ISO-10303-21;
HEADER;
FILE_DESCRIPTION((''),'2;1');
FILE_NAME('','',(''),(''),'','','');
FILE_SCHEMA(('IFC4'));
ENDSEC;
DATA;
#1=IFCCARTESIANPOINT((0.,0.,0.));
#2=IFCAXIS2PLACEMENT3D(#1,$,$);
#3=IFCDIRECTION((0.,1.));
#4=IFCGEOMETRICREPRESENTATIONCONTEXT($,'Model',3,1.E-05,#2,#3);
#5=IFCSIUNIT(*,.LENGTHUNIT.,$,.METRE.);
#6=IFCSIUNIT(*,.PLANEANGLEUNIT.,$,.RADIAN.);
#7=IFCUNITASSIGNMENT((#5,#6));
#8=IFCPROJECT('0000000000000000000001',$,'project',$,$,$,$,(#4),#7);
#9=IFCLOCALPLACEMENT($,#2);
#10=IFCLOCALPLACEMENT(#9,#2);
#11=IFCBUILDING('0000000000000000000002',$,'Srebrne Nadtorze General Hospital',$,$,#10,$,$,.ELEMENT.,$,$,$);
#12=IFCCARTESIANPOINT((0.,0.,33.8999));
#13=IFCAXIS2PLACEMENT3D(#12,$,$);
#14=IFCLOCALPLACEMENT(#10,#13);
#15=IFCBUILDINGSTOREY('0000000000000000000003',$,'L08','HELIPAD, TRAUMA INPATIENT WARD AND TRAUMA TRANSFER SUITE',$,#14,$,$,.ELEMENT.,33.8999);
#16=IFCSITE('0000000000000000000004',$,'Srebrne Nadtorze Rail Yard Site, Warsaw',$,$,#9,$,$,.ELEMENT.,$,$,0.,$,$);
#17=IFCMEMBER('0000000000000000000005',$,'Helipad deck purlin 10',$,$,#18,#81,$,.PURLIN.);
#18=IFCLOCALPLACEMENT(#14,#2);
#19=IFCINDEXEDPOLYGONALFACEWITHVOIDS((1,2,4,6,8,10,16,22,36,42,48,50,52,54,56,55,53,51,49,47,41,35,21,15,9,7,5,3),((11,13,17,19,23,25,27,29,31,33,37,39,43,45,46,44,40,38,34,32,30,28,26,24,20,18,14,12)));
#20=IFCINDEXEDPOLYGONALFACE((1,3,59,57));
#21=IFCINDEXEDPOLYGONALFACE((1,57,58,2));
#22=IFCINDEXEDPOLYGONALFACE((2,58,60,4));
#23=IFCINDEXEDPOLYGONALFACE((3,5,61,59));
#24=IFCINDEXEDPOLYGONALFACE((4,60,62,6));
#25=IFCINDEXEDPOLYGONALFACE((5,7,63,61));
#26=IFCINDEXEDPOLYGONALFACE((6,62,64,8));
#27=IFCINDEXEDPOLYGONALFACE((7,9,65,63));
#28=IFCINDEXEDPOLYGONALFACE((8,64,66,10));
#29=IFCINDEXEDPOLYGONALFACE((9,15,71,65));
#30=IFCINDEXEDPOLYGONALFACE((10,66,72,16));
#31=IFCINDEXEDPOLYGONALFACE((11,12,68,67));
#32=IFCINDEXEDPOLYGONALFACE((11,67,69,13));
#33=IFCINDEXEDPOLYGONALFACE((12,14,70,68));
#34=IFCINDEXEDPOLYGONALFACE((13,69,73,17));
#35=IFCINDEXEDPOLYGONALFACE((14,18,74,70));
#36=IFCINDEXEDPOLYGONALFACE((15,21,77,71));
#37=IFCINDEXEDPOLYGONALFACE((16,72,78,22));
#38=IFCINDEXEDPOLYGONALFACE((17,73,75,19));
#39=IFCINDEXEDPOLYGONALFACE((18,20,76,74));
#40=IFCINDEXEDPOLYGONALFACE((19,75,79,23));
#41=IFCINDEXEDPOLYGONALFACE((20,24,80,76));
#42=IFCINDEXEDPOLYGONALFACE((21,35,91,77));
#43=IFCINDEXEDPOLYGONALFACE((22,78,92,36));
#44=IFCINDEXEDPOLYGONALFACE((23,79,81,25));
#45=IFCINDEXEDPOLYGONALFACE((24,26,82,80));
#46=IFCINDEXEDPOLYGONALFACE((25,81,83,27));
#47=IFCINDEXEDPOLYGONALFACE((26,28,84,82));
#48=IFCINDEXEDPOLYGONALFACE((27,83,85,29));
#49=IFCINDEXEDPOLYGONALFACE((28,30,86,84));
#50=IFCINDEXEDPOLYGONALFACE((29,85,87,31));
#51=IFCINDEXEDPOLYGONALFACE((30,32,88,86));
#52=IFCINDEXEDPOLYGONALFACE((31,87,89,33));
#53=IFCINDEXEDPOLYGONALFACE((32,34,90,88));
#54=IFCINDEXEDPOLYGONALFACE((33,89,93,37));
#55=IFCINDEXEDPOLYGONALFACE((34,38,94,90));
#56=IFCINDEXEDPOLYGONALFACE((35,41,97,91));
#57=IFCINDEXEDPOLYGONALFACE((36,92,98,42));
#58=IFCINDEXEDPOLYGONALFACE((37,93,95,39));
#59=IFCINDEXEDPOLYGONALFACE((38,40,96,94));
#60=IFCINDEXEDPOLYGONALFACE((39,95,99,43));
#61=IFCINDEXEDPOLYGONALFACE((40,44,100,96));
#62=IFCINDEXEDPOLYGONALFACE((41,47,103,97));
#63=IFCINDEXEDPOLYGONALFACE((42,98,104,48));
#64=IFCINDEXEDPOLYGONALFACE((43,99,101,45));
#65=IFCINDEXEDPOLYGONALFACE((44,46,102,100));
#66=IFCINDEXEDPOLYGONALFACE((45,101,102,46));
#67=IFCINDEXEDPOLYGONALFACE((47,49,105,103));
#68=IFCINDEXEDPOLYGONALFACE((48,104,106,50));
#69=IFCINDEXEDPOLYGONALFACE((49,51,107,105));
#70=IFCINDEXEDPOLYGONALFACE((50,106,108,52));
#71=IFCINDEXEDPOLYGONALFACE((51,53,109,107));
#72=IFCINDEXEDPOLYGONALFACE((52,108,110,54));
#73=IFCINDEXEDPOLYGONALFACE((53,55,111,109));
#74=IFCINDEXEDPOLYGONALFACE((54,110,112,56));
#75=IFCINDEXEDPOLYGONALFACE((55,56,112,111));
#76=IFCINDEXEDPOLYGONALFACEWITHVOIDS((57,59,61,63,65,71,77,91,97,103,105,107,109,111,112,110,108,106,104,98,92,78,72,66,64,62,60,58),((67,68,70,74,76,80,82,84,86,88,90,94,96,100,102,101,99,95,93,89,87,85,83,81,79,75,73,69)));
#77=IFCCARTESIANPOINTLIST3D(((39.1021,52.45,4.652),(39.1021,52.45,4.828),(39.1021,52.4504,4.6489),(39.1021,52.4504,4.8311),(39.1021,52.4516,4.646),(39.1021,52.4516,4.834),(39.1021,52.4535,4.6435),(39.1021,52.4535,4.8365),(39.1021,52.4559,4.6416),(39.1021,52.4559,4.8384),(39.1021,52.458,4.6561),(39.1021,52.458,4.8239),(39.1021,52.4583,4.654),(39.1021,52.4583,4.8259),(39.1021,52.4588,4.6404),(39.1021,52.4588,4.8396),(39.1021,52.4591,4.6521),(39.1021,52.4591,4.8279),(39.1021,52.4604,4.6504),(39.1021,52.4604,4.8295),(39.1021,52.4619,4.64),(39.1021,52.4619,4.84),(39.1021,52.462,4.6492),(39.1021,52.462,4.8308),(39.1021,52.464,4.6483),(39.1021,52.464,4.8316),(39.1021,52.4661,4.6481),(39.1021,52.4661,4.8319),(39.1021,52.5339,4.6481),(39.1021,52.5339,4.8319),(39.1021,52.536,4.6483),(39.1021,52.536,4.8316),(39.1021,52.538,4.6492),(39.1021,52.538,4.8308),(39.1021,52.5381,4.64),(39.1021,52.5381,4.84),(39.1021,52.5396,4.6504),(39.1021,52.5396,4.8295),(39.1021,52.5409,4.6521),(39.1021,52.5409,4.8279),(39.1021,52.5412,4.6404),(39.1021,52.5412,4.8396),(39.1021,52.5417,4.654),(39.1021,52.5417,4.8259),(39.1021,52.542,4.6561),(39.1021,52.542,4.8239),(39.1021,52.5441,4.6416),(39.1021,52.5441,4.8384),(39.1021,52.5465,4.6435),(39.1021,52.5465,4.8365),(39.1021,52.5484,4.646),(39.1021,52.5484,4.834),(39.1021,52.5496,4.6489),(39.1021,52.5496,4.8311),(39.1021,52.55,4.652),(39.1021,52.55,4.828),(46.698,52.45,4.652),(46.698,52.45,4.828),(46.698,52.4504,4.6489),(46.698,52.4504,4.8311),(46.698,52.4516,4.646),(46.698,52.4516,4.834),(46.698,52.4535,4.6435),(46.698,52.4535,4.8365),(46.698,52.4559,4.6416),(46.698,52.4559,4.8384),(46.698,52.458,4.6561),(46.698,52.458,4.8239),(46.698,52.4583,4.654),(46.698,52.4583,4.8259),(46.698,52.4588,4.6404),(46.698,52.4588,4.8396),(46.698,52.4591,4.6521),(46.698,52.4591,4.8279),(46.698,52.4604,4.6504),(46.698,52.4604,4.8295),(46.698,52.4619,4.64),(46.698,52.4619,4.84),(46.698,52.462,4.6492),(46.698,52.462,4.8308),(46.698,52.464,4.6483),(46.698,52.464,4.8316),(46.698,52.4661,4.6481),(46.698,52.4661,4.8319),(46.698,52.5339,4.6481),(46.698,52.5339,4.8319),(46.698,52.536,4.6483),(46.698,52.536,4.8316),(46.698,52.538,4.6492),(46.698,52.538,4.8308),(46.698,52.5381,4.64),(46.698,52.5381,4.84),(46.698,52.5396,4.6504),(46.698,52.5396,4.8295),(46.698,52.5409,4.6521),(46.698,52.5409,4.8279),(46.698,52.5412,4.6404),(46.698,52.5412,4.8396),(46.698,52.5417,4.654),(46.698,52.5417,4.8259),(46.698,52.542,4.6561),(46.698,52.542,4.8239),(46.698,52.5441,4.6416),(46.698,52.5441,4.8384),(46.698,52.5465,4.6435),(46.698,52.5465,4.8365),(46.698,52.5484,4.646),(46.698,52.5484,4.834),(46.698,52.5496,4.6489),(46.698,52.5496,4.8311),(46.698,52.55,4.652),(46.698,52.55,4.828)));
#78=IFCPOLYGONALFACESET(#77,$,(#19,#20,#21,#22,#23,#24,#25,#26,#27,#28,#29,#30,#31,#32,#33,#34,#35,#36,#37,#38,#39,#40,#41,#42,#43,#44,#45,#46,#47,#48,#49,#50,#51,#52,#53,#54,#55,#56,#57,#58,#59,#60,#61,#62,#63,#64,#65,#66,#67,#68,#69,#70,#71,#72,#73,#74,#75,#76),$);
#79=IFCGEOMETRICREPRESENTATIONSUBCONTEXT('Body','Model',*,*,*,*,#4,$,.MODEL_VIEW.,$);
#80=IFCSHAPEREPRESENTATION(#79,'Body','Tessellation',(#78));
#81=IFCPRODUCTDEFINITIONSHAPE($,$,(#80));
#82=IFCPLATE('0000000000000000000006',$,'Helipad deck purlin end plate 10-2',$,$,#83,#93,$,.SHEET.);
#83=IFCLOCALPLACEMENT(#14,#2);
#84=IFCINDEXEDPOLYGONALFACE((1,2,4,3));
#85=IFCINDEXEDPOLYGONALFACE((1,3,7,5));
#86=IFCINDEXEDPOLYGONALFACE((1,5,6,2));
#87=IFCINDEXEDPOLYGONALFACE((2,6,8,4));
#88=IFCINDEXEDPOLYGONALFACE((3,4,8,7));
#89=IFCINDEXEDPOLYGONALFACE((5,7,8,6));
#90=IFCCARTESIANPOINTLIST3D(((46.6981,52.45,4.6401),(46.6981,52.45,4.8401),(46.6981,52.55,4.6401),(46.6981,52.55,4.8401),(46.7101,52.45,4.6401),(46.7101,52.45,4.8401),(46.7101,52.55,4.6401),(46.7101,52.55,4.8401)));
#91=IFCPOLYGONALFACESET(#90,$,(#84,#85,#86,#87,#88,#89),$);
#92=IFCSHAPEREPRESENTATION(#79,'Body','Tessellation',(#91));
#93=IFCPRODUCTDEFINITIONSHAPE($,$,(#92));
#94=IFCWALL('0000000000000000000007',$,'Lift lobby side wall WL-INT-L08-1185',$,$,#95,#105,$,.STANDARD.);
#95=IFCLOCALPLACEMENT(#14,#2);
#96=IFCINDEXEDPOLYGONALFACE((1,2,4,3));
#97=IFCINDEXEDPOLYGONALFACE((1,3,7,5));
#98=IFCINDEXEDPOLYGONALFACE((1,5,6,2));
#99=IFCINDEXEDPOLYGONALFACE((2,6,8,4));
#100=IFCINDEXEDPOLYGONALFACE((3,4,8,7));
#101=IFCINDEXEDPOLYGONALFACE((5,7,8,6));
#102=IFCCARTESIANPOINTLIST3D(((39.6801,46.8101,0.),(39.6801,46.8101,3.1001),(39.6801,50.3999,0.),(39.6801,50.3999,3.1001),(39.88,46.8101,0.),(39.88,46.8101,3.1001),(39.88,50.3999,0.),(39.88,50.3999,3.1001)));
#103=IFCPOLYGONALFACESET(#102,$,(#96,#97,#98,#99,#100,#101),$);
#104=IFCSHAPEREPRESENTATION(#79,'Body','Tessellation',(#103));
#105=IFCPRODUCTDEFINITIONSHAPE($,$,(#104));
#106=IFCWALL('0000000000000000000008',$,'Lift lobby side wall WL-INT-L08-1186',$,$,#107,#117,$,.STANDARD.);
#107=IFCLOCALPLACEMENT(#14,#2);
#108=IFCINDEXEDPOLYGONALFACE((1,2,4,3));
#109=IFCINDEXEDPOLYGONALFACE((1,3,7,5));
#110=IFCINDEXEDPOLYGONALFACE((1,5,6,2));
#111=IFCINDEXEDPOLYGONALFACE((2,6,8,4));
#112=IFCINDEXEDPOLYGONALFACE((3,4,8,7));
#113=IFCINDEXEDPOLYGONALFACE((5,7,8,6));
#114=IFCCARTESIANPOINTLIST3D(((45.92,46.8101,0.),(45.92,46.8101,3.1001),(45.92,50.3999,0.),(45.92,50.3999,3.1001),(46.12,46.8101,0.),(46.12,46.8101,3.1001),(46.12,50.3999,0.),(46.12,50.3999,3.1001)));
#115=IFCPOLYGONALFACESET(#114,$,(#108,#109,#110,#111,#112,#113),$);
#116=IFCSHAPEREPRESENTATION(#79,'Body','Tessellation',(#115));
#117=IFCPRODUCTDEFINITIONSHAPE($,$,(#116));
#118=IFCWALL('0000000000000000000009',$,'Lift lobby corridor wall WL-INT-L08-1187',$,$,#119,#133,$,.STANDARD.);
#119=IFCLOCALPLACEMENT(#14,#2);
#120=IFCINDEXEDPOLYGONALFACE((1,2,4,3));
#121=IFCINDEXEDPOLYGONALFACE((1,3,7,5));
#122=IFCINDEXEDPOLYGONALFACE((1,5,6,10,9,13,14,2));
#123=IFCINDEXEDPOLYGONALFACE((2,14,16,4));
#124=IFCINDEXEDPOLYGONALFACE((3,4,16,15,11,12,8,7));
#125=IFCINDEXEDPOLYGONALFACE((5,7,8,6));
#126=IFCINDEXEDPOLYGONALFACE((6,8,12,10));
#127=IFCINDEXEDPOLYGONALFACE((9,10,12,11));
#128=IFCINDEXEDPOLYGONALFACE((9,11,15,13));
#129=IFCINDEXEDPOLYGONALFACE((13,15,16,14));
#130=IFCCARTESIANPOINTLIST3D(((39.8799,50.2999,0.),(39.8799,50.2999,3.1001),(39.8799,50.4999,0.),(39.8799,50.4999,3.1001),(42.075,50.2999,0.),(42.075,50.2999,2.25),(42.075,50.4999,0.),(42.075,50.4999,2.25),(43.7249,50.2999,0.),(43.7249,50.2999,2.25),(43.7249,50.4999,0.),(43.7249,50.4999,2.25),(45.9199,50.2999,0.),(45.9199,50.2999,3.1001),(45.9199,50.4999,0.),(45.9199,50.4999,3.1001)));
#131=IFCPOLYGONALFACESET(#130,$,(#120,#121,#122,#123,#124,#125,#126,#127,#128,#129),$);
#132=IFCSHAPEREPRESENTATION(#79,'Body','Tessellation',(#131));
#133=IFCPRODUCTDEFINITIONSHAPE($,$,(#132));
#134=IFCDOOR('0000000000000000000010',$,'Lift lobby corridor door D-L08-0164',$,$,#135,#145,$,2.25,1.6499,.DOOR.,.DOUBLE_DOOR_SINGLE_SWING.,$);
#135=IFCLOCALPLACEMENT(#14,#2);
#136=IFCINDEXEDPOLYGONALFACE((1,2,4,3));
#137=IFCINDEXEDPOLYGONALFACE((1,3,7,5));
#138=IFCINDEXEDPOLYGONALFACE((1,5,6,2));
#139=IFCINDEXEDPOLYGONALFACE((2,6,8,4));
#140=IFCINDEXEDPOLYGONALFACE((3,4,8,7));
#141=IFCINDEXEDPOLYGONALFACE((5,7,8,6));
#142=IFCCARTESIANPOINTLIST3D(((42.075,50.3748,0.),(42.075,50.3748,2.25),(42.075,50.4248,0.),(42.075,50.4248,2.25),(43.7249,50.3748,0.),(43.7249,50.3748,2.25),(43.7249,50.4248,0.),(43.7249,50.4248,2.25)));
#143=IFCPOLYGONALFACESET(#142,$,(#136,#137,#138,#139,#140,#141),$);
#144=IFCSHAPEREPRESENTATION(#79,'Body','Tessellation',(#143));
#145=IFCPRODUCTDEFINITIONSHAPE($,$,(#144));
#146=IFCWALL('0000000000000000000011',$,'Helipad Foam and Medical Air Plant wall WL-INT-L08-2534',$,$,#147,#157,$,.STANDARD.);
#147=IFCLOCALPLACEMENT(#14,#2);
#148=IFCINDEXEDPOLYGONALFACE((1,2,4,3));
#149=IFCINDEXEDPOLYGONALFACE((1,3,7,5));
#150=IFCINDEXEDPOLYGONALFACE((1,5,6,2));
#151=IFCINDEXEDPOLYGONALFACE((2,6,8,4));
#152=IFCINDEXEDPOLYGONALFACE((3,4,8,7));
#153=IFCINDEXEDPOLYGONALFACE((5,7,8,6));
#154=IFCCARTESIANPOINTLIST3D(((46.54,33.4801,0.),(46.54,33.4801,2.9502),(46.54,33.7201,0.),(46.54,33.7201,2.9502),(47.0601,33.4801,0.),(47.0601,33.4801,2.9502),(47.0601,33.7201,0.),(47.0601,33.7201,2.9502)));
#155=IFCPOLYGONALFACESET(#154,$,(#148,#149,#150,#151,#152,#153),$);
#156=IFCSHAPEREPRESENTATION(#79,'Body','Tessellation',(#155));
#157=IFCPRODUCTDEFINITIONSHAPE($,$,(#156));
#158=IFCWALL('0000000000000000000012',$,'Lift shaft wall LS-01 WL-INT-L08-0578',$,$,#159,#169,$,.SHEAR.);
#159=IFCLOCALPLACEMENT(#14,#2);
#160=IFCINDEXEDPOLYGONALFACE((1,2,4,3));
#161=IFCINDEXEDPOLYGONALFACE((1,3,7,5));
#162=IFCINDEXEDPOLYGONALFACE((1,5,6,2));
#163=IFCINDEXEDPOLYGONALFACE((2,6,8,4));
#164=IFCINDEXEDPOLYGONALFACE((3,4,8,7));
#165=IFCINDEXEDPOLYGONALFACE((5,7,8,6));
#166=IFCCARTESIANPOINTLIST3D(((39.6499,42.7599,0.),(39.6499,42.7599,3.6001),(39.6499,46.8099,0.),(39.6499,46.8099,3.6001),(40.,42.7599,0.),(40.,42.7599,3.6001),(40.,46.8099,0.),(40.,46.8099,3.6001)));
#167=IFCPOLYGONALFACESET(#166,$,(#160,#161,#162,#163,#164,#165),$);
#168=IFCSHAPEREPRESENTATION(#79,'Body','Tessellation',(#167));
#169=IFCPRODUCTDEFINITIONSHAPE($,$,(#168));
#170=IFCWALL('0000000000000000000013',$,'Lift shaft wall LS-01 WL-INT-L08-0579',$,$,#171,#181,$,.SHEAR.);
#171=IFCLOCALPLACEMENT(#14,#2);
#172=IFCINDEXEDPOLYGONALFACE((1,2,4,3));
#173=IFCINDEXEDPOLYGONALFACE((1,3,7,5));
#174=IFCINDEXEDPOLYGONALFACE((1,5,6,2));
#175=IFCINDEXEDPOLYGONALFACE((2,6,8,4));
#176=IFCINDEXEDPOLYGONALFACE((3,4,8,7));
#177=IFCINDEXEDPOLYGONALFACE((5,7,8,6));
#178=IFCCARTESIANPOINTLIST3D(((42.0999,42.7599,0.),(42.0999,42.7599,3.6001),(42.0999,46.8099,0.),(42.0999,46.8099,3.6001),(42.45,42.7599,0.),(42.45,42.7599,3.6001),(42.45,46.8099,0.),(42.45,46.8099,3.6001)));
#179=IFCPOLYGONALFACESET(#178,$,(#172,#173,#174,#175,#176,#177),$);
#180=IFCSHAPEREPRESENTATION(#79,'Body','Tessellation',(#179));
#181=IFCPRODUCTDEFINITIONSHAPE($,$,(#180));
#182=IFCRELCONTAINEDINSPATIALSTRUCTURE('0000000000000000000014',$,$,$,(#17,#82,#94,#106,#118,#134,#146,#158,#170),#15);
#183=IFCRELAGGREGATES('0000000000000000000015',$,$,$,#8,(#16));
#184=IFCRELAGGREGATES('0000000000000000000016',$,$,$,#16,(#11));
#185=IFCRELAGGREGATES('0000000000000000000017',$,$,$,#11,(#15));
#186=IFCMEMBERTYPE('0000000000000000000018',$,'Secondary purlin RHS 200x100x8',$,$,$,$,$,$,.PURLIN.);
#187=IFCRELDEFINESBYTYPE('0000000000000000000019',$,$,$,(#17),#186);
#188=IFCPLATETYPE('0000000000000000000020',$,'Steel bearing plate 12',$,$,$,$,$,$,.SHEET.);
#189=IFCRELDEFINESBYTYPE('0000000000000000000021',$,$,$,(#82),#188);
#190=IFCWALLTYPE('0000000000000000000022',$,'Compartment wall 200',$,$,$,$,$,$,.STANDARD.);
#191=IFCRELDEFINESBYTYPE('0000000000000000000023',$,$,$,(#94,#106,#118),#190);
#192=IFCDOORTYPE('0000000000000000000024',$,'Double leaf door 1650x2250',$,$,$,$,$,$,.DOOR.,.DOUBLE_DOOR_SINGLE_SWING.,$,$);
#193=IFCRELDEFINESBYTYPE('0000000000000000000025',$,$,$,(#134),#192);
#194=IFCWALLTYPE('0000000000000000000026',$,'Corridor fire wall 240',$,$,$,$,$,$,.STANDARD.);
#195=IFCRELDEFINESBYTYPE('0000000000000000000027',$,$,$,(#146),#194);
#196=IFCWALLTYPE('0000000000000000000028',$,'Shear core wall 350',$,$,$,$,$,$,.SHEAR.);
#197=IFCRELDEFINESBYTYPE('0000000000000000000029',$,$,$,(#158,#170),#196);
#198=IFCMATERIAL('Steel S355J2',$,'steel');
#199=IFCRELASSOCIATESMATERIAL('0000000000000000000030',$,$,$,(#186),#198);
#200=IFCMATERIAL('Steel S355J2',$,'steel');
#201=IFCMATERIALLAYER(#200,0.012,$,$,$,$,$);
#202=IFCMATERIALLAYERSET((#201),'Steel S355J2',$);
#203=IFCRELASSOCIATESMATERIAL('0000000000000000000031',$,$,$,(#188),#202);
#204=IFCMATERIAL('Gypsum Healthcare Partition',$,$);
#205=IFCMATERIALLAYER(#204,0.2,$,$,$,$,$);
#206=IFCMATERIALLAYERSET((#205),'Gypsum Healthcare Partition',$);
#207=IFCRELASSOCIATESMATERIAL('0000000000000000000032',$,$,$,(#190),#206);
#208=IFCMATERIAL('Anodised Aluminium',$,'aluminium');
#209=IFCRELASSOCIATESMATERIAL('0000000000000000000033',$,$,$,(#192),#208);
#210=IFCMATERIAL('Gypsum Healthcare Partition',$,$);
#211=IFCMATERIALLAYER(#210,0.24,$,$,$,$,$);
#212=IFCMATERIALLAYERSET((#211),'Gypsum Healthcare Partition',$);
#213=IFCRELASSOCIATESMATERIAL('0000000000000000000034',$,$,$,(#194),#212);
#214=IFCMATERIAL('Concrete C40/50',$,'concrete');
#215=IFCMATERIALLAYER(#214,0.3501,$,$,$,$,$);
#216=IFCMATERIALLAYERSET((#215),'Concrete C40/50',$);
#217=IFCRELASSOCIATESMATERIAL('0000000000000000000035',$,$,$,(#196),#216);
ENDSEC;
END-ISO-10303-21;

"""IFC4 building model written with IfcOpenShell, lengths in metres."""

from ifc_helpers import new_model, si_unit, direction, frame, frame_2d, origin, origin_2d, place, context, subcontext, project, spatial, rectangle, hollow_rectangle, extrude, material, layer, layer_set, material_profile, profile_set, type_object, element, fill, save


model = new_model("IFC4")

# Units and contexts
model_context = context("Model", 3, precision=1e-05, world=origin(), true_north=direction((0.0, 1.0)))
body_context = subcontext(model_context, "Body", "Model", "MODEL_VIEW")
ifc_project = project(units=[si_unit("LENGTHUNIT", "METRE"), si_unit("PLANEANGLEUNIT", "RADIAN")], contexts=[model_context])

# Site, building, storey
site_placement = place(None, origin())
site = spatial("IfcSite", under=ifc_project, at=site_placement, Name="Srebrne Nadtorze Rail Yard Site, Warsaw", CompositionType="ELEMENT", RefElevation=0.0)
building_placement = place(site_placement, origin())
building = spatial("IfcBuilding", under=site, at=building_placement, Name="Srebrne Nadtorze General Hospital", CompositionType="ELEMENT")
storey_placement = place(building_placement, frame((0.0, 0.0, 33.8999)))
storey = spatial("IfcBuildingStorey", under=building, at=storey_placement, Name="L08", Description="HELIPAD, TRAUMA INPATIENT WARD AND TRAUMA TRANSFER SUITE", CompositionType="ELEMENT", Elevation=33.8999)

# Member
ifc_material_1 = material(Name="Steel S355J2", Category="steel")
ifc_material_profile_1 = material_profile(ifc_material_1, hollow_rectangle(XDim=0.1001, YDim=0.2, WallThickness=0.0081, InnerFilletRadius=0.0081, OuterFilletRadius=0.012, at=origin_2d()), Name="RHS-200x100x8")
ifc_profile_set_1 = profile_set([ifc_material_profile_1], Name="Steel S355J2")
member_type_1 = type_object("IfcMemberType", Name="Secondary purlin RHS 200x100x8", PredefinedType="PURLIN", material=ifc_profile_set_1)
member_1_placement = place(storey_placement, frame((39.1021, 52.5, 4.74), z_axis=(1.0, 0.0, 0.0), x_axis=(0.0, 1.0, 0.0)))
element("IfcMember", 1, at=member_1_placement, inside=storey, type_object=member_type_1, Name="Helipad deck purlin 10", PredefinedType="PURLIN", context=body_context, shape_type="SweptSolid", body=[
    extrude(hollow_rectangle(XDim=0.1001, YDim=0.2, WallThickness=0.0081, InnerFilletRadius=0.0081, OuterFilletRadius=0.012, at=origin_2d()), origin(), (0.0, 0.0, 1.0), 7.5959),
])

# Plate
ifc_material_2 = material(Name="Steel S355J2", Category="steel")
ifc_layer_1 = layer(ifc_material_2, 0.012)
ifc_layer_set_1 = layer_set([ifc_layer_1], Name="Steel S355J2")
plate_type = type_object("IfcPlateType", Name="Steel bearing plate 12", PredefinedType="SHEET", material=ifc_layer_set_1)
plate_placement = place(storey_placement, frame((46.7041, 52.5, 4.6401), z_axis=(0.0, 0.0, 1.0), x_axis=(1.0, 0.0, 0.0)))
element("IfcPlate", 2, at=plate_placement, inside=storey, type_object=plate_type, Name="Helipad deck purlin end plate 10-2", PredefinedType="SHEET", context=body_context, shape_type="SweptSolid", body=[
    extrude(rectangle(XDim=0.012, YDim=0.1001, at=origin_2d()), origin(), (0.0, 0.0, 1.0), 0.2),
])

# Walls
ifc_material_3 = material(Name="Gypsum Healthcare Partition")
ifc_layer_2 = layer(ifc_material_3, 0.2)
ifc_layer_set_2 = layer_set([ifc_layer_2], Name="Gypsum Healthcare Partition")
wall_type_1 = type_object("IfcWallType", Name="Compartment wall 200", PredefinedType="STANDARD", material=ifc_layer_set_2)
for number, where, z_axis, x_axis, name in (
    (3, (39.78, 46.8101, 0.0), (0.0, 0.0, 1.0), (0.0, 1.0, 0.0), "Lift lobby side wall WL-INT-L08-1185"),
    (4, (46.02, 46.8101, 0.0), (0.0, 0.0, 1.0), (0.0, 1.0, 0.0), "Lift lobby side wall WL-INT-L08-1186"),
):
    element("IfcWall", number, at=place(storey_placement, frame(where, z_axis=z_axis, x_axis=x_axis)), inside=storey, type_object=wall_type_1, Name=name, PredefinedType="STANDARD", context=body_context, shape_type="SweptSolid", body=[
        extrude(rectangle(XDim=3.5898, YDim=0.2, at=frame_2d((1.7949, 0.0))), origin(), (0.0, 0.0, 1.0), 3.1001),
    ])

# Wall, opening, door
wall_1_placement = place(storey_placement, frame((39.8799, 50.3999, 0.0), z_axis=(0.0, 0.0, 1.0), x_axis=(1.0, 0.0, 0.0)))
wall_1 = element("IfcWall", 5, at=wall_1_placement, inside=storey, type_object=wall_type_1, Name="Lift lobby corridor wall WL-INT-L08-1187", PredefinedType="STANDARD", context=body_context, shape_type="SweptSolid", body=[
    extrude(rectangle(XDim=6.04, YDim=0.2, at=frame_2d((3.02, 0.0))), origin(), (0.0, 0.0, 1.0), 3.1001),
])
opening_1_placement = place(wall_1_placement, frame((2.1951, 0.0, 0.0)))
opening_1 = element("IfcOpeningElement", 6, at=opening_1_placement, cuts=wall_1, PredefinedType="OPENING", context=body_context, shape_type="SweptSolid", body=[
    extrude(rectangle(XDim=1.6499, YDim=2.25, at=frame_2d((0.825, 1.125))), frame((0.0, 0.1118, 0.0), z_axis=(0.0, -1.0, 0.0), x_axis=(1.0, 0.0, 0.0)), (0.0, 0.0, 1.0), 0.2239),
])
ifc_material_4 = material(Name="Anodised Aluminium", Category="aluminium")
door_type_1 = type_object("IfcDoorType", Name="Double leaf door 1650x2250", OperationType="DOUBLE_DOOR_SINGLE_SWING", PredefinedType="DOOR", material=ifc_material_4)
door_1_placement = place(opening_1_placement, origin())
door_1 = element("IfcDoor", 7, at=door_1_placement, inside=storey, type_object=door_type_1, Name="Lift lobby corridor door D-L08-0164", OperationType="DOUBLE_DOOR_SINGLE_SWING", OverallHeight=2.25, OverallWidth=1.6499, PredefinedType="DOOR", context=body_context, shape_type="SweptSolid", body=[
    extrude(rectangle(XDim=1.6499, YDim=2.25, at=frame_2d((0.825, 1.125))), frame((0.0, 0.0249, 0.0), z_axis=(0.0, -1.0, 0.0), x_axis=(1.0, 0.0, 0.0)), (0.0, 0.0, 1.0), 0.05),
])
fill(opening_1, door_1)

# Walls
ifc_material_5 = material(Name="Gypsum Healthcare Partition")
ifc_layer_3 = layer(ifc_material_5, 0.24)
ifc_layer_set_3 = layer_set([ifc_layer_3], Name="Gypsum Healthcare Partition")
wall_type_2 = type_object("IfcWallType", Name="Corridor fire wall 240", PredefinedType="STANDARD", material=ifc_layer_set_3)
wall_2_placement = place(storey_placement, frame((46.54, 33.6001, 0.0), z_axis=(0.0, 0.0, 1.0), x_axis=(1.0, 0.0, 0.0)))
element("IfcWall", 8, at=wall_2_placement, inside=storey, type_object=wall_type_2, Name="Helipad Foam and Medical Air Plant wall WL-INT-L08-2534", PredefinedType="STANDARD", context=body_context, shape_type="SweptSolid", body=[
    extrude(rectangle(XDim=0.52, YDim=0.24, at=frame_2d((0.26, 0.0))), origin(), (0.0, 0.0, 1.0), 2.9502),
])
ifc_material_6 = material(Name="Concrete C40/50", Category="concrete")
ifc_layer_4 = layer(ifc_material_6, 0.3501)
ifc_layer_set_4 = layer_set([ifc_layer_4], Name="Concrete C40/50")
wall_type_3 = type_object("IfcWallType", Name="Shear core wall 350", PredefinedType="SHEAR", material=ifc_layer_set_4)
for number, where, z_axis, x_axis, name in (
    (9, (39.825, 42.76, 0.0), (0.0, 0.0, 1.0), (0.0, 1.0, 0.0), "Lift shaft wall LS-01 WL-INT-L08-0578"),
    (10, (42.2749, 42.76, 0.0), (0.0, 0.0, 1.0), (0.0, 1.0, 0.0), "Lift shaft wall LS-01 WL-INT-L08-0579"),
):
    element("IfcWall", number, at=place(storey_placement, frame(where, z_axis=z_axis, x_axis=x_axis)), inside=storey, type_object=wall_type_3, Name=name, PredefinedType="SHEAR", context=body_context, shape_type="SweptSolid", body=[
        extrude(rectangle(XDim=4.05, YDim=0.3501, at=frame_2d((2.0249, 0.0))), origin(), (0.0, 0.0, 1.0), 3.6001),
    ])

save(model, "model.ifc")
